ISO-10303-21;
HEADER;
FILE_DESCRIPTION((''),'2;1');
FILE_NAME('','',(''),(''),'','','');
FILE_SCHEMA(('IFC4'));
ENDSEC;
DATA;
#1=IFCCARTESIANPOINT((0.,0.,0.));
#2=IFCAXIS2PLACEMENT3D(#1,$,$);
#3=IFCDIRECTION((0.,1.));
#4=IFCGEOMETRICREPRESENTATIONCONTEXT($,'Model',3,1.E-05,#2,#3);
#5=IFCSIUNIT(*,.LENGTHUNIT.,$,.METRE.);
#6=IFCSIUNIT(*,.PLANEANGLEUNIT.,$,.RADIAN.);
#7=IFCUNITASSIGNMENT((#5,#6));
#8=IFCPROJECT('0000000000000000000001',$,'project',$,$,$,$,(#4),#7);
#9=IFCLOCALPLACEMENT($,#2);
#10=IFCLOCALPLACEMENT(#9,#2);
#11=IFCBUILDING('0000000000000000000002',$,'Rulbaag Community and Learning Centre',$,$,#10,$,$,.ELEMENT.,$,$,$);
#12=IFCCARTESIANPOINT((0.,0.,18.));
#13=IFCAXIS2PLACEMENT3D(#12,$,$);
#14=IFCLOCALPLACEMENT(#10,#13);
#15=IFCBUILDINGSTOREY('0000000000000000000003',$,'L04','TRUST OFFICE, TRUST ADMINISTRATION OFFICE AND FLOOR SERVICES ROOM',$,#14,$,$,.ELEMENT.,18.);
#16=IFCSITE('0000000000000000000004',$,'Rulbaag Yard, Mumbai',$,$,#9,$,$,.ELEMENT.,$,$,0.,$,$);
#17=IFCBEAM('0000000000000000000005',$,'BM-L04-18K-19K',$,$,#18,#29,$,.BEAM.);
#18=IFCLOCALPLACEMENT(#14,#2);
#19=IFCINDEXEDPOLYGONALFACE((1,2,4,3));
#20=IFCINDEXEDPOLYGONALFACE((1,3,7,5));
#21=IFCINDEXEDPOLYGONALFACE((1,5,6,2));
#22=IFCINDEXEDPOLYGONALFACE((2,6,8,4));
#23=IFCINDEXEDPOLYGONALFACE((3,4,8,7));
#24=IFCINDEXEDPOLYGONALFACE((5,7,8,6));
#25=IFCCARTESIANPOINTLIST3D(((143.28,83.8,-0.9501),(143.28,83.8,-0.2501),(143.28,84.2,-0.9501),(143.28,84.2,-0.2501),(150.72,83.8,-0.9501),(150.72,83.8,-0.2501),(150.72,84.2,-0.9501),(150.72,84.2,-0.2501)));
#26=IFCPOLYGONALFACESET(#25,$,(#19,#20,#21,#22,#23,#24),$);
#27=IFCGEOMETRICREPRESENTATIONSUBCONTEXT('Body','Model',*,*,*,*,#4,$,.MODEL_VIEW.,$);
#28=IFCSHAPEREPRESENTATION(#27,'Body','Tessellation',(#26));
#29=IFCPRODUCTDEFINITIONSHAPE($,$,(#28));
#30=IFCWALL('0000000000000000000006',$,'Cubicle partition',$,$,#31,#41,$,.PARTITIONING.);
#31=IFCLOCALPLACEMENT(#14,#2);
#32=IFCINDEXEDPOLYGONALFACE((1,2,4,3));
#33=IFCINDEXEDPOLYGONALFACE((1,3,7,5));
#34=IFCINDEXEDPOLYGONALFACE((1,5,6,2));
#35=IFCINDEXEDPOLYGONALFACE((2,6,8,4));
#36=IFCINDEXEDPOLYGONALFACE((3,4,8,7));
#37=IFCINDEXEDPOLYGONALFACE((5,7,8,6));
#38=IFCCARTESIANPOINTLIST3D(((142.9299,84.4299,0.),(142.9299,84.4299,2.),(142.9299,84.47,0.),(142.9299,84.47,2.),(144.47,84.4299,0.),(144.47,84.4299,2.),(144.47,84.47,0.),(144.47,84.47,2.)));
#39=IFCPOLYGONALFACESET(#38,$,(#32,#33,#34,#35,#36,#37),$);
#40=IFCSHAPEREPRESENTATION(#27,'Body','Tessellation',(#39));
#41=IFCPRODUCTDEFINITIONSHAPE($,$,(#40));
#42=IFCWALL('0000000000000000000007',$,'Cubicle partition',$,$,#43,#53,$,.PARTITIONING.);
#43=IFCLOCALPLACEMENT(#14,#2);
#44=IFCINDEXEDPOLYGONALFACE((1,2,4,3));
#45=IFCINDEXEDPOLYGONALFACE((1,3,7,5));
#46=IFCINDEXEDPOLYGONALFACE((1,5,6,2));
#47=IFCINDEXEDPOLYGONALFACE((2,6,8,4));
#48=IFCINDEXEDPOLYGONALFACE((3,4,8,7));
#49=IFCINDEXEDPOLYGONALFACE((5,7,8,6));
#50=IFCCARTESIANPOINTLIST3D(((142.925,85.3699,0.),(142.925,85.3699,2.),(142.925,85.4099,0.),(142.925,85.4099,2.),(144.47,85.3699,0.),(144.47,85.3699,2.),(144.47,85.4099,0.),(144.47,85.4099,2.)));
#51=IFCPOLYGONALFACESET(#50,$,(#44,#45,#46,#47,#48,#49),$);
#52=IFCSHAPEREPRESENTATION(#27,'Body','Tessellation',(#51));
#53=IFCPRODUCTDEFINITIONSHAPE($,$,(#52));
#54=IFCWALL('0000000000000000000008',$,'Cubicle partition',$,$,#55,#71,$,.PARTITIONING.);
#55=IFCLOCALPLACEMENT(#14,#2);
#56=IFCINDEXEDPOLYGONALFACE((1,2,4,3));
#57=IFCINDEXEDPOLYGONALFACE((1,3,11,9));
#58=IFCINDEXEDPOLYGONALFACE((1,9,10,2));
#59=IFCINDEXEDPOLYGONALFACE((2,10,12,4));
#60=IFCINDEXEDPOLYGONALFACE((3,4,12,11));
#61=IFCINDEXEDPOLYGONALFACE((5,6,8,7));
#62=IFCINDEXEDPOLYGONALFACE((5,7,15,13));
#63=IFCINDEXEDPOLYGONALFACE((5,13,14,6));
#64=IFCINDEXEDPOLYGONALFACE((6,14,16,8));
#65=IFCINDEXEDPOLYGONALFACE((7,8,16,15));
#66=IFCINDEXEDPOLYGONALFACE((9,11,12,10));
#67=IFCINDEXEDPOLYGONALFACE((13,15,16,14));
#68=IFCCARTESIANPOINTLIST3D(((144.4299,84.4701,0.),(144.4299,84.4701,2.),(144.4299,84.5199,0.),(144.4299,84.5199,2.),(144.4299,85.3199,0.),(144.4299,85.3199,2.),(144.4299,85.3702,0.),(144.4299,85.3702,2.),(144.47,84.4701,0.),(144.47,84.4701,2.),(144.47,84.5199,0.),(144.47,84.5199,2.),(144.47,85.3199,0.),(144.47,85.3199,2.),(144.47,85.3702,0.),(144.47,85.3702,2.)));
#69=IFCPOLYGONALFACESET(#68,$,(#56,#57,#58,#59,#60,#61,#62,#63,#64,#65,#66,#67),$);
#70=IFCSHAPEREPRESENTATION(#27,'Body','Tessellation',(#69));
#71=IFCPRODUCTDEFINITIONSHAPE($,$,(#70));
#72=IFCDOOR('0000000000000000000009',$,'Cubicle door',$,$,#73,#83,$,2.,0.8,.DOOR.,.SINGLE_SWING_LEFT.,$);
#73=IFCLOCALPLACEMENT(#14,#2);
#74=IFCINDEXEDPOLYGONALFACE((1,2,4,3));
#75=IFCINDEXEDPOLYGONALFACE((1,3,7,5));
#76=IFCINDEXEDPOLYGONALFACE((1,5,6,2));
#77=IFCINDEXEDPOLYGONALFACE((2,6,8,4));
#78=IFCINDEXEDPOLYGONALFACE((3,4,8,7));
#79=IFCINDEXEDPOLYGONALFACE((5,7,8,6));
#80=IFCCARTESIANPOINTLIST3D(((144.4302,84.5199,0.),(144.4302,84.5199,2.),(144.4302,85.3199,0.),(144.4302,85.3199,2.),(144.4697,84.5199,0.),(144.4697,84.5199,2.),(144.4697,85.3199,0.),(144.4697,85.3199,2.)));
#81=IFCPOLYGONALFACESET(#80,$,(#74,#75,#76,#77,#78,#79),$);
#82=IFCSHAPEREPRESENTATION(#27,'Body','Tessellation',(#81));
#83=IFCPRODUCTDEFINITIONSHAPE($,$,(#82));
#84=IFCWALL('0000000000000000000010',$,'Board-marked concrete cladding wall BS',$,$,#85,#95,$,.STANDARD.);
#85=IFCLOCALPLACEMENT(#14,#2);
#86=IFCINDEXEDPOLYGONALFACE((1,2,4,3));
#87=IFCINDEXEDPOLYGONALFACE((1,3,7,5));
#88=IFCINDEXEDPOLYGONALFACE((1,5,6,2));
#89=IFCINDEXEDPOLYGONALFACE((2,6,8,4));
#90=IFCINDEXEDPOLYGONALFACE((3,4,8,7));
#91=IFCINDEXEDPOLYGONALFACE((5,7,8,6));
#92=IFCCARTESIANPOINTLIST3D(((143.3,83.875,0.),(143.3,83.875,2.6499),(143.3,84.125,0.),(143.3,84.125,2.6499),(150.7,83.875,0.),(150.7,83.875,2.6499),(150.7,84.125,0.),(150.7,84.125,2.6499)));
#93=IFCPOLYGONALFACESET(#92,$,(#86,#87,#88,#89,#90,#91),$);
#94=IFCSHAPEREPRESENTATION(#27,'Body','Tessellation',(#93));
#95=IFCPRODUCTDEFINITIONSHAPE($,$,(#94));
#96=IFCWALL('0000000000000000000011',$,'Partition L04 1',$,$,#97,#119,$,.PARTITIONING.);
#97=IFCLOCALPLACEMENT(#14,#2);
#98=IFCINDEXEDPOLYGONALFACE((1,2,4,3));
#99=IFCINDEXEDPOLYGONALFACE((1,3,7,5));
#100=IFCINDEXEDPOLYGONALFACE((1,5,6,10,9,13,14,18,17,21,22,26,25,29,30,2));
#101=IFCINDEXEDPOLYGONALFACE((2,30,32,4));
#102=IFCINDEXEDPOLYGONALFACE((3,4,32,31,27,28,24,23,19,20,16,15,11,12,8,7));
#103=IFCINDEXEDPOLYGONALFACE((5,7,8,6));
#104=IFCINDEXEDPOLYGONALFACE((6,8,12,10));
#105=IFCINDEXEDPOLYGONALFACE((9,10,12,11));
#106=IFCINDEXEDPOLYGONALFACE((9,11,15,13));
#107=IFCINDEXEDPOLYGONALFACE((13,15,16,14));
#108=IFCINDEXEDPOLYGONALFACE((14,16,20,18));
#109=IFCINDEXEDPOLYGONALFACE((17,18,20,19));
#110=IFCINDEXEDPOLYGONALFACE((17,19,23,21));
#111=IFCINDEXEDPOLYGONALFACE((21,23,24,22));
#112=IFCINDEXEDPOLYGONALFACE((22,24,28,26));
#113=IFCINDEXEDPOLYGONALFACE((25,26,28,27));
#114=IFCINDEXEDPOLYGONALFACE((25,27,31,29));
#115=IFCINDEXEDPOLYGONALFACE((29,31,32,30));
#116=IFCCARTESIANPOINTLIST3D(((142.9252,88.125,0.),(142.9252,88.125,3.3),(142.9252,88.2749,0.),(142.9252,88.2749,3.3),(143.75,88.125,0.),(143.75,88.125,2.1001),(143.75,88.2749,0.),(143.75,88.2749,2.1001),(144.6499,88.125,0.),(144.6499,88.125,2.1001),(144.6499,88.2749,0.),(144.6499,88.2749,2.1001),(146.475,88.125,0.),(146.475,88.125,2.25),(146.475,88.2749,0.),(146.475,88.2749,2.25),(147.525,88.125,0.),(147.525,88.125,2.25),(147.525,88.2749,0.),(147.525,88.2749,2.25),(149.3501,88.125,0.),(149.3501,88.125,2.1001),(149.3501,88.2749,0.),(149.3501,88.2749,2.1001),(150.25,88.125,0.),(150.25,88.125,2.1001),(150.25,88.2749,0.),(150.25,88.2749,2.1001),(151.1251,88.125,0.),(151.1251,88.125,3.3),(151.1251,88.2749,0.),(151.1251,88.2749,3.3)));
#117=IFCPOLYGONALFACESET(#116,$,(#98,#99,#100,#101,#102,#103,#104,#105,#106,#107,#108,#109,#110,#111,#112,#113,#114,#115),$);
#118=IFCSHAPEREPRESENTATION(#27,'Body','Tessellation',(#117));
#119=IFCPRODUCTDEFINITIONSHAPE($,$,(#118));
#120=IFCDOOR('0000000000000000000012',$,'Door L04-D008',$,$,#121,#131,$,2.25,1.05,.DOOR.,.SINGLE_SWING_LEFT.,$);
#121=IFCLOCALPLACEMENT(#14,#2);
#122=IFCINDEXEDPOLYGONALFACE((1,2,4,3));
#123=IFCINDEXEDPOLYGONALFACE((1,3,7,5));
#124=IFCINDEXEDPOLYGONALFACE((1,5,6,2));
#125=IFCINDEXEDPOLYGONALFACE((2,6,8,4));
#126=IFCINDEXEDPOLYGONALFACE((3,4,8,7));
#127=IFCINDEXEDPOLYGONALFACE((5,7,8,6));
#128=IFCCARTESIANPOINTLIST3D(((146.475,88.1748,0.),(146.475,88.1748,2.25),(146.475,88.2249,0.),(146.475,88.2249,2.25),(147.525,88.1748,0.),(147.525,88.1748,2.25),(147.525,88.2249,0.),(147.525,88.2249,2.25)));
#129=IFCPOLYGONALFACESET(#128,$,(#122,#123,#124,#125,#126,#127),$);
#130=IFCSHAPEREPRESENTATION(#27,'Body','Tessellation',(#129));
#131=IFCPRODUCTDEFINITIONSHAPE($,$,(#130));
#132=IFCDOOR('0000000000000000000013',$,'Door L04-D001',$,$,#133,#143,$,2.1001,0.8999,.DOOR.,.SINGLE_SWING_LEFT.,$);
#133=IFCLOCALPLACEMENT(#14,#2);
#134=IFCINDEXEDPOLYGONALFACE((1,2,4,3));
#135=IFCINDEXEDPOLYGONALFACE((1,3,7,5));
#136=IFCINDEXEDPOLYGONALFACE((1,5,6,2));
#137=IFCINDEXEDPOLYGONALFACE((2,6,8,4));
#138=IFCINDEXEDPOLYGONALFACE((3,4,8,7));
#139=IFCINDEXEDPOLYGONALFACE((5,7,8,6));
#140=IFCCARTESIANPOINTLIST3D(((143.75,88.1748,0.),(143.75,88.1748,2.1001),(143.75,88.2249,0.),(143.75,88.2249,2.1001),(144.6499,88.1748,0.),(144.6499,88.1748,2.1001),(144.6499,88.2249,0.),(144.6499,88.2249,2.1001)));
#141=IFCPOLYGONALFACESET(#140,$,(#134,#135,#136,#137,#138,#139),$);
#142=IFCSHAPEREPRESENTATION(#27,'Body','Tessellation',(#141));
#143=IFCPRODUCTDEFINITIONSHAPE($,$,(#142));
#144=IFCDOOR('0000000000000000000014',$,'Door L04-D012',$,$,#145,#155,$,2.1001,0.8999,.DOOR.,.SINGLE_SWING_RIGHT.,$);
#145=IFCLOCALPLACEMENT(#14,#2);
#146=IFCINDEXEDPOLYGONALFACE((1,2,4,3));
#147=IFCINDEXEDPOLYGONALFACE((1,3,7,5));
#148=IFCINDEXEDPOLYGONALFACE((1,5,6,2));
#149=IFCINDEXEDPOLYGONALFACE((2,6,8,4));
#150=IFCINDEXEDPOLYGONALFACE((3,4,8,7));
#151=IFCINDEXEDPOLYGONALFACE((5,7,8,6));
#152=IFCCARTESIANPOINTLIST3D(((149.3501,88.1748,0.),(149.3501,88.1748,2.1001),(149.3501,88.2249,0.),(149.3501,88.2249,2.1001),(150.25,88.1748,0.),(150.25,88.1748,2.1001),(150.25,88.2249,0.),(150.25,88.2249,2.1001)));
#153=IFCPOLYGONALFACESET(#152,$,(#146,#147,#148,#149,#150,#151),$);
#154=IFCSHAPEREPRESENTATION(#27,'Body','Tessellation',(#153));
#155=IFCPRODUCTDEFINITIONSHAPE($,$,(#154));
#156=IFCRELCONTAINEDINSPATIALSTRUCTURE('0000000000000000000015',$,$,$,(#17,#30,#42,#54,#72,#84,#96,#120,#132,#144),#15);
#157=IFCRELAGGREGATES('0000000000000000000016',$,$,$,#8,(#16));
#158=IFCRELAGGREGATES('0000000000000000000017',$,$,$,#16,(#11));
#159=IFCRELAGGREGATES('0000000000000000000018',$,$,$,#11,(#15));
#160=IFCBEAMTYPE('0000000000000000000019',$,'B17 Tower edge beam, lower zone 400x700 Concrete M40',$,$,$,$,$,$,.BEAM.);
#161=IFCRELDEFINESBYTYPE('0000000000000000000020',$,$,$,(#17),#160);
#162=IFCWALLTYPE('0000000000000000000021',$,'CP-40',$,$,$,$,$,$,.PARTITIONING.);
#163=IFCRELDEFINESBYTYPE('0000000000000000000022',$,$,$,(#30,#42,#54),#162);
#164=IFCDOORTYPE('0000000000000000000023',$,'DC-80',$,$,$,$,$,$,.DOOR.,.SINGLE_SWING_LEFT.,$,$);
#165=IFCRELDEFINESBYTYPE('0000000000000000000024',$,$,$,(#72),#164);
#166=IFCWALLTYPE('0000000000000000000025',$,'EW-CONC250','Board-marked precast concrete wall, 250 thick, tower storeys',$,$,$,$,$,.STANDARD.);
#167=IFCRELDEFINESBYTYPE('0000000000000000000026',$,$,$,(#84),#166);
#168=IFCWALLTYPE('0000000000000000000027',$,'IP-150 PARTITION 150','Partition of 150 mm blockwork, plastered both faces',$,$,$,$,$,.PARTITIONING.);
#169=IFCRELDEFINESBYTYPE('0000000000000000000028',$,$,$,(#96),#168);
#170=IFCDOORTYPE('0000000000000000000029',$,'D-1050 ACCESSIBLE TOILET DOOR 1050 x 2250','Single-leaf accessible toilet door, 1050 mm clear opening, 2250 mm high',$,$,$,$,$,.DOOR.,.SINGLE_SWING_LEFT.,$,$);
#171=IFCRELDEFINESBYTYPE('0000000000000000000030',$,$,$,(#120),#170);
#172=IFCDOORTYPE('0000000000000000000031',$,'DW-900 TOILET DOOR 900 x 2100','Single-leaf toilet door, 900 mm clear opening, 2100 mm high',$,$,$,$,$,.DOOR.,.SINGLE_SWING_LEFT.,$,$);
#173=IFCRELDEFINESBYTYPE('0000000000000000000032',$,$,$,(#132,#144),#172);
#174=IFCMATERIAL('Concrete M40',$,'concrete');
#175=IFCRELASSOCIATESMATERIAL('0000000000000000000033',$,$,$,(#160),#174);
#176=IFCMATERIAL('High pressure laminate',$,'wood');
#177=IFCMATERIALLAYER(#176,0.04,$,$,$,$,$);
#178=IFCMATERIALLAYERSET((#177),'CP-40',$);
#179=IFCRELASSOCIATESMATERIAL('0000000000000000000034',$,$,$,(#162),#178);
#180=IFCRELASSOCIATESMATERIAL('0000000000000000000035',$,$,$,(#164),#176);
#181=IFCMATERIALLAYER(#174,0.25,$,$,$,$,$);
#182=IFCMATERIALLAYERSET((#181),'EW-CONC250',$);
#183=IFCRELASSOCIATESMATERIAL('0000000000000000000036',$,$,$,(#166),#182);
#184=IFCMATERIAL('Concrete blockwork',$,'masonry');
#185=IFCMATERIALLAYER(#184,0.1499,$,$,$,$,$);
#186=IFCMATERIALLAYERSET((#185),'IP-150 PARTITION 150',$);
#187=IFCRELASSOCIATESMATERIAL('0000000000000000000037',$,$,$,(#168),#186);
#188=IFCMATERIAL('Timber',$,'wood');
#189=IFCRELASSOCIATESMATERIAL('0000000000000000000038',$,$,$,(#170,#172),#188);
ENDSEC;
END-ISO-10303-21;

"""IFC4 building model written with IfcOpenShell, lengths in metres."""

from ifc_helpers import new_model, si_unit, direction, frame, frame_2d, origin, origin_2d, place, context, subcontext, project, spatial, rectangle, extrude, material, layer, layer_set, material_profile, profile_set, type_object, element, fill, save


model = new_model("IFC4")

# Units and contexts
model_context = context("Model", 3, precision=1e-05, world=origin(), true_north=direction((0.0, 1.0)))
body_context = subcontext(model_context, "Body", "Model", "MODEL_VIEW")
ifc_project = project(units=[si_unit("LENGTHUNIT", "METRE"), si_unit("PLANEANGLEUNIT", "RADIAN")], contexts=[model_context])

# Site, building, storey
site_placement = place(None, origin())
site = spatial("IfcSite", under=ifc_project, at=site_placement, Name="Rulbaag Yard, Mumbai", CompositionType="ELEMENT", RefElevation=0.0)
building_placement = place(site_placement, origin())
building = spatial("IfcBuilding", under=site, at=building_placement, Name="Rulbaag Community and Learning Centre", CompositionType="ELEMENT")
storey_placement = place(building_placement, frame((0.0, 0.0, 18.0)))
storey = spatial("IfcBuildingStorey", under=building, at=storey_placement, Name="L04", Description="TRUST OFFICE, TRUST ADMINISTRATION OFFICE AND FLOOR SERVICES ROOM", CompositionType="ELEMENT", Elevation=18.0)

# Beam
ifc_material_1 = material(Name="Concrete M40", Category="concrete")
ifc_material_profile_1 = material_profile(ifc_material_1, rectangle(XDim=0.3999, YDim=0.7, at=origin_2d()), Name="RB400x700")
ifc_profile_set_1 = profile_set([ifc_material_profile_1], Name="Concrete M40")
beam_type = type_object("IfcBeamType", Name="B17 Tower edge beam, lower zone 400x700 Concrete M40", PredefinedType="BEAM", material=ifc_profile_set_1)
beam_placement = place(storey_placement, frame((143.28, 84.0, -0.6001), z_axis=(1.0, 0.0, 0.0), x_axis=(0.0, 1.0, 0.0)))
element("IfcBeam", 1, at=beam_placement, inside=storey, type_object=beam_type, Name="BM-L04-18K-19K", PredefinedType="BEAM", context=body_context, shape_type="SweptSolid", body=[
    extrude(rectangle(XDim=0.3999, YDim=0.7, at=origin_2d()), origin(), (0.0, 0.0, 1.0), 7.4399),
])

# Walls
ifc_material_2 = material(Name="High pressure laminate", Category="wood")
ifc_layer_1 = layer(ifc_material_2, 0.04)
ifc_layer_set_1 = layer_set([ifc_layer_1], Name="CP-40")
wall_type_1 = type_object("IfcWallType", Name="CP-40", PredefinedType="PARTITIONING", material=ifc_layer_set_1)
wall_1_placement = place(storey_placement, frame((142.9299, 84.45, 0.0), z_axis=(0.0, 0.0, 1.0), x_axis=(1.0, 0.0, 0.0)))
element("IfcWall", 2, at=wall_1_placement, inside=storey, type_object=wall_type_1, Name="Cubicle partition", PredefinedType="PARTITIONING", context=body_context, shape_type="SweptSolid", body=[
    extrude(rectangle(XDim=1.54, YDim=0.04, at=frame_2d((0.77, 0.0))), origin(), (0.0, 0.0, 1.0), 2.0),
])
wall_2_placement = place(storey_placement, frame((142.925, 85.3899, 0.0), z_axis=(0.0, 0.0, 1.0), x_axis=(1.0, 0.0, 0.0)))
element("IfcWall", 3, at=wall_2_placement, inside=storey, type_object=wall_type_1, Name="Cubicle partition", PredefinedType="PARTITIONING", context=body_context, shape_type="SweptSolid", body=[
    extrude(rectangle(XDim=1.5449, YDim=0.04, at=frame_2d((0.7725, 0.0))), origin(), (0.0, 0.0, 1.0), 2.0),
])

# Wall, opening, door
wall_3_placement = place(storey_placement, frame((144.45, 84.47, 0.0), z_axis=(0.0, 0.0, 1.0), x_axis=(0.0, 1.0, 0.0)))
wall_3 = element("IfcWall", 4, at=wall_3_placement, inside=storey, type_object=wall_type_1, Name="Cubicle partition", PredefinedType="PARTITIONING", context=body_context, shape_type="SweptSolid", body=[
    extrude(rectangle(XDim=0.9001, YDim=0.04, at=frame_2d((0.4502, 0.0))), origin(), (0.0, 0.0, 1.0), 2.0),
])
opening_1_placement = place(wall_3_placement, frame((0.05, 0.0, 0.0)))
opening_1 = element("IfcOpeningElement", 5, at=opening_1_placement, cuts=wall_3, PredefinedType="OPENING", context=body_context, shape_type="SweptSolid", body=[
    extrude(rectangle(XDim=0.8, YDim=2.0, at=frame_2d((0.3999, 1.0))), frame((0.0, 0.03, 0.0), z_axis=(0.0, -1.0, 0.0), x_axis=(1.0, 0.0, 0.0)), (0.0, 0.0, 1.0), 0.0601),
])
door_type_1 = type_object("IfcDoorType", Name="DC-80", OperationType="SINGLE_SWING_LEFT", PredefinedType="DOOR", material=ifc_material_2)
door_1_placement = place(opening_1_placement, origin())
door_1 = element("IfcDoor", 6, at=door_1_placement, inside=storey, type_object=door_type_1, Name="Cubicle door", OperationType="SINGLE_SWING_LEFT", OverallHeight=2.0, OverallWidth=0.8, PredefinedType="DOOR", context=body_context, shape_type="SweptSolid", body=[
    extrude(rectangle(XDim=0.8, YDim=2.0, at=frame_2d((0.3999, 1.0))), frame((0.0, 0.0198, 0.0), z_axis=(0.0, -1.0, 0.0), x_axis=(1.0, 0.0, 0.0)), (0.0, 0.0, 1.0), 0.0396),
])
fill(opening_1, door_1)

# Wall
ifc_layer_2 = layer(ifc_material_1, 0.25)
ifc_layer_set_2 = layer_set([ifc_layer_2], Name="EW-CONC250")
wall_type_2 = type_object("IfcWallType", Name="EW-CONC250", Description="Board-marked precast concrete wall, 250 thick, tower storeys", PredefinedType="STANDARD", material=ifc_layer_set_2)
wall_4_placement = place(storey_placement, frame((143.3, 84.0, 0.0), z_axis=(0.0, 0.0, 1.0), x_axis=(1.0, 0.0, 0.0)))
element("IfcWall", 7, at=wall_4_placement, inside=storey, type_object=wall_type_2, Name="Board-marked concrete cladding wall BS", PredefinedType="STANDARD", context=body_context, shape_type="SweptSolid", body=[
    extrude(rectangle(XDim=7.3999, YDim=0.25, at=frame_2d((3.7, 0.0))), origin(), (0.0, 0.0, 1.0), 2.6499),
])

# Wall, openings, doors
ifc_material_3 = material(Name="Concrete blockwork", Category="masonry")
ifc_layer_3 = layer(ifc_material_3, 0.1499)
ifc_layer_set_3 = layer_set([ifc_layer_3], Name="IP-150 PARTITION 150")
wall_type_3 = type_object("IfcWallType", Name="IP-150 PARTITION 150", Description="Partition of 150 mm blockwork, plastered both faces", PredefinedType="PARTITIONING", material=ifc_layer_set_3)
wall_5_placement = place(storey_placement, frame((142.925, 88.2, 0.0), z_axis=(0.0, 0.0, 1.0), x_axis=(1.0, 0.0, 0.0)))
wall_5 = element("IfcWall", 8, at=wall_5_placement, inside=storey, type_object=wall_type_3, Name="Partition L04 1", PredefinedType="PARTITIONING", context=body_context, shape_type="SweptSolid", body=[
    extrude(rectangle(XDim=8.2, YDim=0.1499, at=frame_2d((4.1001, 0.0))), origin(), (0.0, 0.0, 1.0), 3.3),
])
opening_2_placement = place(wall_5_placement, frame((0.825, 0.0, 0.0)))
opening_2 = element("IfcOpeningElement", 9, at=opening_2_placement, cuts=wall_5, PredefinedType="OPENING", context=body_context, shape_type="SweptSolid", body=[
    extrude(rectangle(XDim=0.8999, YDim=2.1001, at=frame_2d((0.45, 1.05))), frame((0.0, 0.085, 0.0), z_axis=(0.0, -1.0, 0.0), x_axis=(1.0, 0.0, 0.0)), (0.0, 0.0, 1.0), 0.1699),
])
opening_3_placement = place(wall_5_placement, frame((3.55, 0.0, 0.0)))
opening_3 = element("IfcOpeningElement", 10, at=opening_3_placement, cuts=wall_5, PredefinedType="OPENING", context=body_context, shape_type="SweptSolid", body=[
    extrude(rectangle(XDim=1.05, YDim=2.25, at=frame_2d((0.5249, 1.125))), frame((0.0, 0.085, 0.0), z_axis=(0.0, -1.0, 0.0), x_axis=(1.0, 0.0, 0.0)), (0.0, 0.0, 1.0), 0.1699),
])
opening_4_placement = place(wall_5_placement, frame((6.425, 0.0, 0.0)))
opening_4 = element("IfcOpeningElement", 11, at=opening_4_placement, cuts=wall_5, PredefinedType="OPENING", context=body_context, shape_type="SweptSolid", body=[
    extrude(rectangle(XDim=0.8999, YDim=2.1001, at=frame_2d((0.45, 1.05))), frame((0.0, 0.085, 0.0), z_axis=(0.0, -1.0, 0.0), x_axis=(1.0, 0.0, 0.0)), (0.0, 0.0, 1.0), 0.1699),
])
ifc_material_4 = material(Name="Timber", Category="wood")
door_type_2 = type_object("IfcDoorType", Name="D-1050 ACCESSIBLE TOILET DOOR 1050 x 2250", Description="Single-leaf accessible toilet door, 1050 mm clear opening, 2250 mm high", OperationType="SINGLE_SWING_LEFT", PredefinedType="DOOR", material=ifc_material_4)
door_2_placement = place(opening_3_placement, origin())
door_2 = element("IfcDoor", 12, at=door_2_placement, inside=storey, type_object=door_type_2, Name="Door L04-D008", OperationType="SINGLE_SWING_LEFT", OverallHeight=2.25, OverallWidth=1.05, PredefinedType="DOOR", context=body_context, shape_type="SweptSolid", body=[
    extrude(rectangle(XDim=1.05, YDim=2.25, at=frame_2d((0.5249, 1.125))), frame((0.0, 0.0249, 0.0), z_axis=(0.0, -1.0, 0.0), x_axis=(1.0, 0.0, 0.0)), (0.0, 0.0, 1.0), 0.05),
])
fill(opening_3, door_2)
door_type_3 = type_object("IfcDoorType", Name="DW-900 TOILET DOOR 900 x 2100", Description="Single-leaf toilet door, 900 mm clear opening, 2100 mm high", OperationType="SINGLE_SWING_LEFT", PredefinedType="DOOR", material=ifc_material_4)
door_3_placement = place(opening_2_placement, origin())
door_3 = element("IfcDoor", 13, at=door_3_placement, inside=storey, type_object=door_type_3, Name="Door L04-D001", OperationType="SINGLE_SWING_LEFT", OverallHeight=2.1001, OverallWidth=0.8999, PredefinedType="DOOR", context=body_context, shape_type="SweptSolid", body=[
    extrude(rectangle(XDim=0.8999, YDim=2.1001, at=frame_2d((0.45, 1.05))), frame((0.0, 0.0249, 0.0), z_axis=(0.0, -1.0, 0.0), x_axis=(1.0, 0.0, 0.0)), (0.0, 0.0, 1.0), 0.05),
])
fill(opening_2, door_3)
door_4_placement = place(opening_4_placement, origin())
door_4 = element("IfcDoor", 14, at=door_4_placement, inside=storey, type_object=door_type_3, Name="Door L04-D012", OperationType="SINGLE_SWING_RIGHT", OverallHeight=2.1001, OverallWidth=0.8999, PredefinedType="DOOR", context=body_context, shape_type="SweptSolid", body=[
    extrude(rectangle(XDim=0.8999, YDim=2.1001, at=frame_2d((0.45, 1.05))), frame((0.0, 0.0249, 0.0), z_axis=(0.0, -1.0, 0.0), x_axis=(1.0, 0.0, 0.0)), (0.0, 0.0, 1.0), 0.05),
])
fill(opening_4, door_4)

save(model, "model.ifc")
